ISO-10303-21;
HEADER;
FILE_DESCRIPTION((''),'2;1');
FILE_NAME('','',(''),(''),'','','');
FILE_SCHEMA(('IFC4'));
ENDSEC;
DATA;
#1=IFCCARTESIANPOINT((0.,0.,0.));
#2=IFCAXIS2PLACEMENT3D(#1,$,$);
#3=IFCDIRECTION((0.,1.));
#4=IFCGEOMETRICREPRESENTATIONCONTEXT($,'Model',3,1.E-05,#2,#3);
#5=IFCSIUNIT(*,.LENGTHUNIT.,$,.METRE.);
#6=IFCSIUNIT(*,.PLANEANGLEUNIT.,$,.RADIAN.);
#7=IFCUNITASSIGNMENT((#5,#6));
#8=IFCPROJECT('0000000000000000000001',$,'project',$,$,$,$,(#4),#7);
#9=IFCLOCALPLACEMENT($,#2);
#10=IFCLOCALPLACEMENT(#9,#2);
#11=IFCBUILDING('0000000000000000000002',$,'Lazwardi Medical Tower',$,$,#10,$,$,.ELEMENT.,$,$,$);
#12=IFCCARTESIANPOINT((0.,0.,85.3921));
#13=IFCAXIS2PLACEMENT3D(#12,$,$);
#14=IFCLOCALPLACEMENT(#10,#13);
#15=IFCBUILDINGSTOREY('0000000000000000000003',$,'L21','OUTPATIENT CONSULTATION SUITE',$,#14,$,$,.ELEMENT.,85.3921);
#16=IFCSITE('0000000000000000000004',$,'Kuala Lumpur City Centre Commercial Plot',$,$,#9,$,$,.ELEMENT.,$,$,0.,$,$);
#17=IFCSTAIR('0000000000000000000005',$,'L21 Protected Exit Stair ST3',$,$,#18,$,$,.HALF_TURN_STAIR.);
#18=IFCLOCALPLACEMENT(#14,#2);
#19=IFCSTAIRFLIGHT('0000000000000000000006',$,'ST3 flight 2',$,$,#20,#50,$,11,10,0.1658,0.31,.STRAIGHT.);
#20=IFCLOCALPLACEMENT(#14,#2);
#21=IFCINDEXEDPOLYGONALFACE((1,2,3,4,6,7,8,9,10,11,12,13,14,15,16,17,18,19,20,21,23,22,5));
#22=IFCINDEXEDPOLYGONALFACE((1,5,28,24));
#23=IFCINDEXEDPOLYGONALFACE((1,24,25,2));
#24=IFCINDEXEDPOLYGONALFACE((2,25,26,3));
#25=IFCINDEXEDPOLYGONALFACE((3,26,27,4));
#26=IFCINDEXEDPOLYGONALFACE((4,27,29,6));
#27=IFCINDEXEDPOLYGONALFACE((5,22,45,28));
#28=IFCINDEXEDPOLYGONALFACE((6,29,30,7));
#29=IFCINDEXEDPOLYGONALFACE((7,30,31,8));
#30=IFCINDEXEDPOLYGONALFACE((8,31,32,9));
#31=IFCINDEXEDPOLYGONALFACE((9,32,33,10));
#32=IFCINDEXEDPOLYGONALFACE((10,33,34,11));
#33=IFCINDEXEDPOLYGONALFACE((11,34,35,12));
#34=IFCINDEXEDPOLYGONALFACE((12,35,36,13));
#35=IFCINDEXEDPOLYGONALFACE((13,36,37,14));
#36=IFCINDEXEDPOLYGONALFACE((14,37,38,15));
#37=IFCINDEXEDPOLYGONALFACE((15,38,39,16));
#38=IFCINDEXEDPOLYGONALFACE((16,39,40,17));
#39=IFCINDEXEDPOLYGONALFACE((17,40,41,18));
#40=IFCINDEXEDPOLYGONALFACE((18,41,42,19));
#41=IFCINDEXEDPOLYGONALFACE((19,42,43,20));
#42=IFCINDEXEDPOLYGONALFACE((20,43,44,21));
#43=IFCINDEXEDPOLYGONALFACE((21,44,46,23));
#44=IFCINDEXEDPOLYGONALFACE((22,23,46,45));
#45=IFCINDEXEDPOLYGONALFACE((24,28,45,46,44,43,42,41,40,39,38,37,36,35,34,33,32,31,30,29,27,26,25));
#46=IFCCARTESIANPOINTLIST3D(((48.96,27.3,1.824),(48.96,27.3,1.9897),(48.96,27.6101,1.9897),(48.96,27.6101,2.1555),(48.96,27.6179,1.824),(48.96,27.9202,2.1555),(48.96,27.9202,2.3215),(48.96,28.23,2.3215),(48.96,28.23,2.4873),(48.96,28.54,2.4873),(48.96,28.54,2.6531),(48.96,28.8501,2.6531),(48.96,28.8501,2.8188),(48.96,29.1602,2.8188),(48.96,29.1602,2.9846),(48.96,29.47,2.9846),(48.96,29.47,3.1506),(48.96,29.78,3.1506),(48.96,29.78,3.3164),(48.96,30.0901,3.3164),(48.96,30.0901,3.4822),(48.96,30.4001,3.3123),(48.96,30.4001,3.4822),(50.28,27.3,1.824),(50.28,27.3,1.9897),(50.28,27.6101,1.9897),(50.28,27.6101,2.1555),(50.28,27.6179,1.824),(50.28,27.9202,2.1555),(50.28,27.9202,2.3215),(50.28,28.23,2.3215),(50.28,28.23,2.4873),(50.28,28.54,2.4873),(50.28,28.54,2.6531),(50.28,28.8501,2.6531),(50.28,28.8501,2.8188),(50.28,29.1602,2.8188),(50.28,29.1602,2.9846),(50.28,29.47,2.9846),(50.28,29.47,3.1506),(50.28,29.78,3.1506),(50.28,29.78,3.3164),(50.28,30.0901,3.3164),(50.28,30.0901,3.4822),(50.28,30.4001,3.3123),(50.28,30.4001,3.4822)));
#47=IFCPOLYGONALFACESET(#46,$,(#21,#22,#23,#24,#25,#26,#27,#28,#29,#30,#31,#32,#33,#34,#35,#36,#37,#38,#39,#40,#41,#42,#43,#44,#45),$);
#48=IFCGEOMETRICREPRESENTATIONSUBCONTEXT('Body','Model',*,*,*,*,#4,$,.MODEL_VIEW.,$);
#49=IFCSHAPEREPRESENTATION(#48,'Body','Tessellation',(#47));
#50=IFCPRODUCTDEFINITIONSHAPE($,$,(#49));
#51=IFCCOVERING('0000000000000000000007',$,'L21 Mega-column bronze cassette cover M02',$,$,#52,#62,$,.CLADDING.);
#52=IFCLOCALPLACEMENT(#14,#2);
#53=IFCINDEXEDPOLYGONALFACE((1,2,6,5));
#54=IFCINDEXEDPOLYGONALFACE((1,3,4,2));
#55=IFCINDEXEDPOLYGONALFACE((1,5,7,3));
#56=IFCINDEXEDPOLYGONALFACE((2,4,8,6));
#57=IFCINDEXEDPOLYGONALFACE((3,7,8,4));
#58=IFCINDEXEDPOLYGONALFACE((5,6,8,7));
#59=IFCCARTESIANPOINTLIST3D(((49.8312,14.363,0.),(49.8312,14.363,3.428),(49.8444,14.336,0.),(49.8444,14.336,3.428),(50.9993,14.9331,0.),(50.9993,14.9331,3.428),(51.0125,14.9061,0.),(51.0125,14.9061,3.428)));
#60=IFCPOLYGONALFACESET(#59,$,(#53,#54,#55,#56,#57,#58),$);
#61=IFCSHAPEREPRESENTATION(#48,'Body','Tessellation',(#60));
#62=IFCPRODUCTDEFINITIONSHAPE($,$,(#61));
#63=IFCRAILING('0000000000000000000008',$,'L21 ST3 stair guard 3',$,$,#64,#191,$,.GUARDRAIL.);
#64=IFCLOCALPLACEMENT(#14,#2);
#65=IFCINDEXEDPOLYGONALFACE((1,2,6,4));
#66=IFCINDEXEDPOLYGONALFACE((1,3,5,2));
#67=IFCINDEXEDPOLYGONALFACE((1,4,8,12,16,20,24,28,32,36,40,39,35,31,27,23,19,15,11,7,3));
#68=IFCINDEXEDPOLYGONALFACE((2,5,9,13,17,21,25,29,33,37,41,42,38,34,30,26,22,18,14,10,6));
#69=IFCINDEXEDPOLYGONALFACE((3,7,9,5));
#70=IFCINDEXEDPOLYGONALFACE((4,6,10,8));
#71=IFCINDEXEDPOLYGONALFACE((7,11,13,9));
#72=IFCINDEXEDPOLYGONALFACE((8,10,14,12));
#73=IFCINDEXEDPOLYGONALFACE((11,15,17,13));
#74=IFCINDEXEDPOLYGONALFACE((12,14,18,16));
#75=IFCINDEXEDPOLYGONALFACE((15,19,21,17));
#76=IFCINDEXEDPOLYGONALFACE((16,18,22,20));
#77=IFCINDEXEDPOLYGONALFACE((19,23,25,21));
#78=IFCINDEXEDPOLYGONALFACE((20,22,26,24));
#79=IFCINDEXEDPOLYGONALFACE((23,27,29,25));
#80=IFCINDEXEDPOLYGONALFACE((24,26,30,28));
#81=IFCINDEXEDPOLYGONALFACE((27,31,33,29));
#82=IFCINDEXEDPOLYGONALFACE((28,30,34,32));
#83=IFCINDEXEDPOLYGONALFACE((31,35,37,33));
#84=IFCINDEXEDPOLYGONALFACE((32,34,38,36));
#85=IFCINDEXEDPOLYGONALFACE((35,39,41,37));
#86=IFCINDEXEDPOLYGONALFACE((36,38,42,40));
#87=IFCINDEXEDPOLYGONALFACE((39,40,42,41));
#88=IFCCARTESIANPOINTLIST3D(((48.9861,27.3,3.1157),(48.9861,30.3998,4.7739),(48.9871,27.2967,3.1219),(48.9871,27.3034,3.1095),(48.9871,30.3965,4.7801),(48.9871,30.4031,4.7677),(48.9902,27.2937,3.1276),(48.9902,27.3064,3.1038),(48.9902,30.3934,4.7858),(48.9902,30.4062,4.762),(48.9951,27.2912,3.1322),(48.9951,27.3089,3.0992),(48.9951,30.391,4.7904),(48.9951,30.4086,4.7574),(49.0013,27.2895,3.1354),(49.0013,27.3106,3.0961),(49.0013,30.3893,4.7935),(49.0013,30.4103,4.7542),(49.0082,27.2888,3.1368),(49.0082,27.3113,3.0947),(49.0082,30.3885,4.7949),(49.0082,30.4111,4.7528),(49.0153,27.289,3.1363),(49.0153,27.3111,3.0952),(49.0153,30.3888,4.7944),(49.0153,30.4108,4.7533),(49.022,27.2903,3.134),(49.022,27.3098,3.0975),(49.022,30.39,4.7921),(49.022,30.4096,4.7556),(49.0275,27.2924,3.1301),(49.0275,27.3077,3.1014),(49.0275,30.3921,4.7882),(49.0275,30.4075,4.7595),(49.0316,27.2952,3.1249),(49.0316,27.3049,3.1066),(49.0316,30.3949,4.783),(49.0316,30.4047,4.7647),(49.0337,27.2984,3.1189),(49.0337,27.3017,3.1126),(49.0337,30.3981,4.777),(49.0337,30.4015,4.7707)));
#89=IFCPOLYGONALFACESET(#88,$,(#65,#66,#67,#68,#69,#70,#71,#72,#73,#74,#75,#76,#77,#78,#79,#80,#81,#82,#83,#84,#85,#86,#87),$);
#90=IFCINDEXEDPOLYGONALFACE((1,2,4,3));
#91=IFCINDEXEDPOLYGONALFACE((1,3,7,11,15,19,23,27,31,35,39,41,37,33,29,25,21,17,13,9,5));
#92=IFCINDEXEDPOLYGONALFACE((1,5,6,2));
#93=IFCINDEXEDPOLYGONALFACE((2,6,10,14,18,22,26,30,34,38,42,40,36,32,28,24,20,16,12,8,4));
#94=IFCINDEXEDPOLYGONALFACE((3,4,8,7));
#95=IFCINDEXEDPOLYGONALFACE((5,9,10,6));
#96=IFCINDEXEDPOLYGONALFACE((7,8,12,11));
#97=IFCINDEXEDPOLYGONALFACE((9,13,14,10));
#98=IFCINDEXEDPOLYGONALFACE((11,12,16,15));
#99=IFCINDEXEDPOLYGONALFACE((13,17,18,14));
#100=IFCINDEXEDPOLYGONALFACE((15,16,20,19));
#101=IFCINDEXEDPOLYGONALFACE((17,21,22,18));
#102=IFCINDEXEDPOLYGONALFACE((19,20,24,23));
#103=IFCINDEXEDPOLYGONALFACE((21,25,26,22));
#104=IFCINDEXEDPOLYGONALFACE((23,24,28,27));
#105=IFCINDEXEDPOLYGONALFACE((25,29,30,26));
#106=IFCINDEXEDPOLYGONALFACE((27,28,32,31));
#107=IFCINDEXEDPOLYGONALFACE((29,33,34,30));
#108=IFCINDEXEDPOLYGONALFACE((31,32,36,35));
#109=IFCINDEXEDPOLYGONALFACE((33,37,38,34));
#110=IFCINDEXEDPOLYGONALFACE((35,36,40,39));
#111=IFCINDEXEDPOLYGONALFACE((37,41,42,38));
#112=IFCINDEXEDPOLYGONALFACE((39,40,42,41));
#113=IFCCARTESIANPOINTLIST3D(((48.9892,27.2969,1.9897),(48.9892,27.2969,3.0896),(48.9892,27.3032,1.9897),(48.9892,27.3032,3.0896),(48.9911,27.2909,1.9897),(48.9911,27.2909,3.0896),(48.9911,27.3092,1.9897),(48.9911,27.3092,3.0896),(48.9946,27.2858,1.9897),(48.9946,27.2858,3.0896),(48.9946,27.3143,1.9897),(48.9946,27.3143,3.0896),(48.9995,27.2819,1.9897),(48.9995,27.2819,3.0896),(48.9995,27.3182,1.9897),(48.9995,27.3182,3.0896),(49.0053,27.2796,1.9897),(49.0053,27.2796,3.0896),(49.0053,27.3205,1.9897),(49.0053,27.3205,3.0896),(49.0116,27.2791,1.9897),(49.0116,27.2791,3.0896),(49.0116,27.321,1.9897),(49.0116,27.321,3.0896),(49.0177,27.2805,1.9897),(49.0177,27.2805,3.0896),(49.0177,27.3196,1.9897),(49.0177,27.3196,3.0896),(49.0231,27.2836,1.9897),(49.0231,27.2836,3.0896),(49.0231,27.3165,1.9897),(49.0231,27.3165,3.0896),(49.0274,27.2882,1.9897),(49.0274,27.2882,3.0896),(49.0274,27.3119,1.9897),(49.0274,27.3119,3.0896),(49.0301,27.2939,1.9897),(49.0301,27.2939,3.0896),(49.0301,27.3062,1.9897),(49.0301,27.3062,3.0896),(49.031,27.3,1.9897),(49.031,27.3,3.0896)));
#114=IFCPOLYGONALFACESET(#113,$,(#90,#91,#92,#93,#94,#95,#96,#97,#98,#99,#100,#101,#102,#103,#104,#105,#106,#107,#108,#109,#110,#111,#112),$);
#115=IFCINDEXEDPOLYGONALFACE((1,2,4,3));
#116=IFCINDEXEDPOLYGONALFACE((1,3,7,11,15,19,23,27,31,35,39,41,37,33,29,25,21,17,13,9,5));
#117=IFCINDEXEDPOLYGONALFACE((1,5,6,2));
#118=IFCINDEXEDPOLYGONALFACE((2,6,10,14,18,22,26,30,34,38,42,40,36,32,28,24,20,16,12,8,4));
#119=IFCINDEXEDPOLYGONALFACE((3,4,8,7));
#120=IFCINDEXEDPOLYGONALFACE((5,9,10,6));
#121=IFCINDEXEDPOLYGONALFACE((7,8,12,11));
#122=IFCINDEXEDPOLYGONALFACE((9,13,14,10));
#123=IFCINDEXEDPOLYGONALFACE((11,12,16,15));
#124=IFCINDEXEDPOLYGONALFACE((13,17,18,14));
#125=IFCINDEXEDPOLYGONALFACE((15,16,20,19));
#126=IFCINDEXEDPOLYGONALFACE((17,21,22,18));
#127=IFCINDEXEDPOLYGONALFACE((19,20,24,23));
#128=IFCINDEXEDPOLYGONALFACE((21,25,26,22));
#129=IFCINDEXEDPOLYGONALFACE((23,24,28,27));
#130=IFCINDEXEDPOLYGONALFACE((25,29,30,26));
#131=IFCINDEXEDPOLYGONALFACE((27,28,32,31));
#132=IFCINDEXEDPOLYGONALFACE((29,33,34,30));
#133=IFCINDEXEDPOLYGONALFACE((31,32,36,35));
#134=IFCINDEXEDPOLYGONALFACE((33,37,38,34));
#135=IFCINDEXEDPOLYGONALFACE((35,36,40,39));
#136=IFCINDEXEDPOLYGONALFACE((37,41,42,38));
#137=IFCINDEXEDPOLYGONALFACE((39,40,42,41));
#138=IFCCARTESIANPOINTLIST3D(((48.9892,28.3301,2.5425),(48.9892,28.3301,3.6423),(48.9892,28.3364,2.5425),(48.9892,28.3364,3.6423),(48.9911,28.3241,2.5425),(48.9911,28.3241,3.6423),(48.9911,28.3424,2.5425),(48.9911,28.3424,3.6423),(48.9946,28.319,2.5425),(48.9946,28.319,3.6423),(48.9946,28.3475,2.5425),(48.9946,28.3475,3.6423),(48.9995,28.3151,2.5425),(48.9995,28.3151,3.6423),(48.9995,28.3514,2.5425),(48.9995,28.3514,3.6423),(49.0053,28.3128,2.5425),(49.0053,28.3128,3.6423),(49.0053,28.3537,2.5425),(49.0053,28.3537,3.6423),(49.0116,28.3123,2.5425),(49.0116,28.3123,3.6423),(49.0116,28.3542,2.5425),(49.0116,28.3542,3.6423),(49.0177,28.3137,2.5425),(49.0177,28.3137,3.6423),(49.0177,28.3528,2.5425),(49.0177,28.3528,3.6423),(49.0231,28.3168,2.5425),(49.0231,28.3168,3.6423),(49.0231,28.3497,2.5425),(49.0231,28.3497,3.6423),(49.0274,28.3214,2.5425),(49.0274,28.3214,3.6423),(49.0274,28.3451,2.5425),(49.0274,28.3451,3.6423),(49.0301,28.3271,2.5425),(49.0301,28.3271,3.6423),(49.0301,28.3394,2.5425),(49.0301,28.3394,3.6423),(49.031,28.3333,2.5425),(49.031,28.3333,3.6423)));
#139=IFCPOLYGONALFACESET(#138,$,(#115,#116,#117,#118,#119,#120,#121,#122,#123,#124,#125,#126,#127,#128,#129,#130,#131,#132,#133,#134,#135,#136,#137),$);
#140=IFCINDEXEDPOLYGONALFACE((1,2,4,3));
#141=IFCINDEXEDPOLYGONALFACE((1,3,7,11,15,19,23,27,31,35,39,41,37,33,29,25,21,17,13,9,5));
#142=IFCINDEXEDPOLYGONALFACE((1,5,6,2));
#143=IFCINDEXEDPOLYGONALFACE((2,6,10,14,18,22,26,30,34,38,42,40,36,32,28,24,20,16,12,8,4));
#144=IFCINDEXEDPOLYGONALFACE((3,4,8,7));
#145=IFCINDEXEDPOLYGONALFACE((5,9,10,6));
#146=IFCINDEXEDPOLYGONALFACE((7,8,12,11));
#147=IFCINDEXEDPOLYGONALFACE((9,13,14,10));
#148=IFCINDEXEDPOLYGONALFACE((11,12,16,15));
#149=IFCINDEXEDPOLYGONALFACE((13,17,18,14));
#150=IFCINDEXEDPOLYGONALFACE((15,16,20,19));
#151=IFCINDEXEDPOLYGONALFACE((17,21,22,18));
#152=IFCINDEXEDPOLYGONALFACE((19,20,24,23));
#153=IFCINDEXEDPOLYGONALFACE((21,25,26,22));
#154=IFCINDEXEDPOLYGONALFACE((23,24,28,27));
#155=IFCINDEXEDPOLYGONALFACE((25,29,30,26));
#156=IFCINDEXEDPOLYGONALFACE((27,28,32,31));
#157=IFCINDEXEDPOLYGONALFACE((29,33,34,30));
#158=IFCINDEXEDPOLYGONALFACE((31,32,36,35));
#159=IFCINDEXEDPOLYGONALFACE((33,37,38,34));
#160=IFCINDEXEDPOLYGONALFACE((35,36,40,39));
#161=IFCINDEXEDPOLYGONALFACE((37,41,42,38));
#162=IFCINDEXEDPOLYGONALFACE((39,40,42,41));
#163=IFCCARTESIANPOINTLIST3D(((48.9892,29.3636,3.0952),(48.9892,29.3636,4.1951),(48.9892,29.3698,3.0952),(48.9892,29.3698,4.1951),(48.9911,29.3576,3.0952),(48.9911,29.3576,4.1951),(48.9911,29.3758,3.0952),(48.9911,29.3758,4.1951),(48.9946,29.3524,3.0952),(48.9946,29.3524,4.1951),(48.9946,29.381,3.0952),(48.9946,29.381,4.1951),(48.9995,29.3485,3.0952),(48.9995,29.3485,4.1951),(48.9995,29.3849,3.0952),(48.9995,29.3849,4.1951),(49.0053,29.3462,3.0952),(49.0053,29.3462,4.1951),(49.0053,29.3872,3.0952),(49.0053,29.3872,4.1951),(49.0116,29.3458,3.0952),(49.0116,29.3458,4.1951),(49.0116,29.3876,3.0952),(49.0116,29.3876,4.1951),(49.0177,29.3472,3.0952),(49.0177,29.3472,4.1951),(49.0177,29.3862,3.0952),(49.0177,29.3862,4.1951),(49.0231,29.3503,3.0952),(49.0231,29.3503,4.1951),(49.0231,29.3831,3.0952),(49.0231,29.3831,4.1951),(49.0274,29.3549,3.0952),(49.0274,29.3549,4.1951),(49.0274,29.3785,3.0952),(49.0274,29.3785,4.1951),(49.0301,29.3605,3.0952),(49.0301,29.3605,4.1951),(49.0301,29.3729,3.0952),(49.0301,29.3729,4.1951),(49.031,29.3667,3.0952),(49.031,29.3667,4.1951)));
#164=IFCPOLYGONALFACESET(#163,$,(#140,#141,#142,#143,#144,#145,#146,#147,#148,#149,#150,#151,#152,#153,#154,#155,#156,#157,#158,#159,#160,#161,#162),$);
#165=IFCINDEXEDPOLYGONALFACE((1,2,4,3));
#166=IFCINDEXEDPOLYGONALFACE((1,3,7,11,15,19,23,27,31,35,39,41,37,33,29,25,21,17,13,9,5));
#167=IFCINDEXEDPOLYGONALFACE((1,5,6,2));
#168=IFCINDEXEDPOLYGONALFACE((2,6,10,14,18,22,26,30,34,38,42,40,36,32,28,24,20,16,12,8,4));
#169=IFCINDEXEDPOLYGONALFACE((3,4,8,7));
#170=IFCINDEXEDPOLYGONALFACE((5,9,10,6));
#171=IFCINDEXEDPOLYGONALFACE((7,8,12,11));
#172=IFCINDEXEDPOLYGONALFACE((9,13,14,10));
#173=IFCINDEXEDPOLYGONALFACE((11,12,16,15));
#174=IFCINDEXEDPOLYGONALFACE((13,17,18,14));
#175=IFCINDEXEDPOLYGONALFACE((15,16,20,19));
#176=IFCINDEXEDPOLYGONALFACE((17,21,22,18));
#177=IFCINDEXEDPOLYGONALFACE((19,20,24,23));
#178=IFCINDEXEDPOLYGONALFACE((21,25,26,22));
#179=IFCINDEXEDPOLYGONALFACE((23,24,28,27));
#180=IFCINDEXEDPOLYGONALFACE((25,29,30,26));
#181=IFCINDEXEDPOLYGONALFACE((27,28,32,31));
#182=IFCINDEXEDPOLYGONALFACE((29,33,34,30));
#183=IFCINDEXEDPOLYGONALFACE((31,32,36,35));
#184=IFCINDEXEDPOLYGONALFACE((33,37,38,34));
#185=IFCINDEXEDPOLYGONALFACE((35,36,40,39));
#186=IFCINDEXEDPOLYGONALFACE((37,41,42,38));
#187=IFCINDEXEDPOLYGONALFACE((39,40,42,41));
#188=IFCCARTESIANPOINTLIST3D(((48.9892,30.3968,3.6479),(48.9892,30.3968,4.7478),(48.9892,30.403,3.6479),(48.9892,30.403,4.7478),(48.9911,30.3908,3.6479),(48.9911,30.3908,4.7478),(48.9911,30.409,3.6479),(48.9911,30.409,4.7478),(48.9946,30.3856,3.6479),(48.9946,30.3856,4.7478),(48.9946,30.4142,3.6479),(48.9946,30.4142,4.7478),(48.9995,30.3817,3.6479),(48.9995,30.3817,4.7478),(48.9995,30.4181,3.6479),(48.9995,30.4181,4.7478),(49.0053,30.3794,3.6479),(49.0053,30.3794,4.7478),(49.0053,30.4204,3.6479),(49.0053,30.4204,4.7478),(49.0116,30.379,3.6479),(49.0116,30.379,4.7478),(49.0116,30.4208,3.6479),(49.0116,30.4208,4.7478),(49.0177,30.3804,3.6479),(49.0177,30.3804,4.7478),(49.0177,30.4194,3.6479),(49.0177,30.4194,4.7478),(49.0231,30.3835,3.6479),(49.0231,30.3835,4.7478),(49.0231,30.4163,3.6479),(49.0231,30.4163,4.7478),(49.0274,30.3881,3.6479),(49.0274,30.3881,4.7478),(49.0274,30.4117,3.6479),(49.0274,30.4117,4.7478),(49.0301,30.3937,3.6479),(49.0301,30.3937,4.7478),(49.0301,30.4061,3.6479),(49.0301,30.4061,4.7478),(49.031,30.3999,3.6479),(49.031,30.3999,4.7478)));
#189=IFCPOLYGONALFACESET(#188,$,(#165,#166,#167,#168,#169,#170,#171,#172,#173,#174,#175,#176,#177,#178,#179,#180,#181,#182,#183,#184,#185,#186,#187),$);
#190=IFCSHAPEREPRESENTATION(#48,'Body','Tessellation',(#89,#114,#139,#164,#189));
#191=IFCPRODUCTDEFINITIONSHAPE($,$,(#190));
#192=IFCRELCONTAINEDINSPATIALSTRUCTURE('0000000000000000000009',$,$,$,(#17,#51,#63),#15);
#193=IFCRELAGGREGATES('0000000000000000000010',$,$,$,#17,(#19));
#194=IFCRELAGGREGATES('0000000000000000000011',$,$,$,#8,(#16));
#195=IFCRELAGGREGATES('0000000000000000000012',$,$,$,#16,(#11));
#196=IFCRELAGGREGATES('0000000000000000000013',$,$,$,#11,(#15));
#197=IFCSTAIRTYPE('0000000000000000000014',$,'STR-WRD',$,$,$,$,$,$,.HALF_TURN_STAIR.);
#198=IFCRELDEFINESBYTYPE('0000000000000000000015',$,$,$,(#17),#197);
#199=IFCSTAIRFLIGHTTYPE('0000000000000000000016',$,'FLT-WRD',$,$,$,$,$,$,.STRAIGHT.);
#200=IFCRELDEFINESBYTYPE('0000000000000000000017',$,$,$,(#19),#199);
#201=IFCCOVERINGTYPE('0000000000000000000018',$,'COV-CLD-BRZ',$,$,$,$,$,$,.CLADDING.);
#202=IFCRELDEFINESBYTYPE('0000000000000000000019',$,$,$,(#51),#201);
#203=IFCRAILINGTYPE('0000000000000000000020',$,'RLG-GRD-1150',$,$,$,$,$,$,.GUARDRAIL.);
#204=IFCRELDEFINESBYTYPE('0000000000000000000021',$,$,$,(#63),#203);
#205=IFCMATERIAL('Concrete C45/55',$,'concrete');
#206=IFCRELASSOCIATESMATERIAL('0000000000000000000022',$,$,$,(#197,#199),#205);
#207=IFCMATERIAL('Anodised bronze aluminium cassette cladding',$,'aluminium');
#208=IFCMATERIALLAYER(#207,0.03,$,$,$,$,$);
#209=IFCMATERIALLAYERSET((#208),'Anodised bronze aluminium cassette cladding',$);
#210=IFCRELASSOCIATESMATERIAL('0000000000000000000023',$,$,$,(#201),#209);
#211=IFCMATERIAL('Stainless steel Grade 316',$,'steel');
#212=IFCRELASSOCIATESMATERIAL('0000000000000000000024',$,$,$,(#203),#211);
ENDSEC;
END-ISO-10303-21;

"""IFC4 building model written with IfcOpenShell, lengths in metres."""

from ifc_helpers import new_model, si_unit, direction, frame, origin, origin_2d, place, context, subcontext, project, spatial, polyline, rectangle, circle, outline, extrude, material, layer, layer_set, type_object, element, aggregate, save


model = new_model("IFC4")

# Units and contexts
model_context = context("Model", 3, precision=1e-05, world=origin(), true_north=direction((0.0, 1.0)))
body_context = subcontext(model_context, "Body", "Model", "MODEL_VIEW")
ifc_project = project(units=[si_unit("LENGTHUNIT", "METRE"), si_unit("PLANEANGLEUNIT", "RADIAN")], contexts=[model_context])

# Site, building, storey
site_placement = place(None, origin())
site = spatial("IfcSite", under=ifc_project, at=site_placement, Name="Kuala Lumpur City Centre Commercial Plot", CompositionType="ELEMENT", RefElevation=0.0)
building_placement = place(site_placement, origin())
building = spatial("IfcBuilding", under=site, at=building_placement, Name="Lazwardi Medical Tower", CompositionType="ELEMENT")
storey_placement = place(building_placement, frame((0.0, 0.0, 85.3921)))
storey = spatial("IfcBuildingStorey", under=building, at=storey_placement, Name="L21", Description="OUTPATIENT CONSULTATION SUITE", CompositionType="ELEMENT", Elevation=85.3921)

# Stair, stair flight
ifc_material_1 = material(Name="Concrete C45/55", Category="concrete")
stair_type = type_object("IfcStairType", Name="STR-WRD", PredefinedType="HALF_TURN_STAIR", material=ifc_material_1)
stair_placement = place(storey_placement, origin())
stair = element("IfcStair", 1, at=stair_placement, inside=storey, type_object=stair_type, Name="L21 Protected Exit Stair ST3", PredefinedType="HALF_TURN_STAIR")
stair_flight_type = type_object("IfcStairFlightType", Name="FLT-WRD", PredefinedType="STRAIGHT", material=ifc_material_1)
stair_flight_placement = place(storey_placement, frame((49.6201, 27.3, 1.824), z_axis=(0.0, 0.0, 1.0), x_axis=(0.0, 1.0, 0.0)))
stair_flight = element("IfcStairFlight", 2, at=stair_flight_placement, type_object=stair_flight_type, Name="ST3 flight 2", NumberOfRisers=11, NumberOfTreads=10, PredefinedType="STRAIGHT", RiserHeight=0.1658, TreadLength=0.31, context=body_context, shape_type="SweptSolid", body=[
    extrude(outline(polyline([(0.0, 0.0), (0.0, 0.1658), (0.3101, 0.1658), (0.3101, 0.3315), (0.6201, 0.3315), (0.6201, 0.4976), (0.9299, 0.4976), (0.9299, 0.6633), (1.24, 0.6633), (1.24, 0.8291), (1.55, 0.8291), (1.55, 0.9949), (1.8601, 0.9949), (1.8601, 1.1606), (2.1699, 1.1606), (2.1699, 1.3267), (2.48, 1.3267), (2.48, 1.4924), (2.79, 1.4924), (2.79, 1.6582), (3.1001, 1.6582), (3.1001, 1.824), (3.1001, 1.4883), (0.3179, 0.0), (0.0, 0.0)])), frame((0.0, 0.6602, 0.0), z_axis=(0.0, -1.0, 0.0), x_axis=(1.0, 0.0, 0.0)), (0.0, 0.0, 1.0), 1.3201),
])
aggregate(stair, [stair_flight])

# Covering
ifc_material_2 = material(Name="Anodised bronze aluminium cassette cladding", Category="aluminium")
ifc_layer_1 = layer(ifc_material_2, 0.03)
ifc_layer_set_1 = layer_set([ifc_layer_1], Name="Anodised bronze aluminium cassette cladding")
covering_type = type_object("IfcCoveringType", Name="COV-CLD-BRZ", PredefinedType="CLADDING", material=ifc_layer_set_1)
covering_placement = place(storey_placement, frame((50.4219, 14.6345, 0.0), z_axis=(0.0, 0.0, 1.0), x_axis=(0.898679, 0.438606, 0.0)))
element("IfcCovering", 3, at=covering_placement, inside=storey, type_object=covering_type, Name="L21 Mega-column bronze cassette cover M02", PredefinedType="CLADDING", context=body_context, shape_type="SweptSolid", body=[
    extrude(rectangle(XDim=1.2998, YDim=0.03, at=origin_2d()), origin(), (0.0, 0.0, 1.0), 3.428),
])

# Railing
ifc_material_3 = material(Name="Stainless steel Grade 316", Category="steel")
railing_type_1 = type_object("IfcRailingType", Name="RLG-GRD-1150", PredefinedType="GUARDRAIL", material=ifc_material_3)
railing_1_placement = place(storey_placement, frame((49.01, 27.3, 1.9897)))
element("IfcRailing", 4, at=railing_1_placement, inside=storey, type_object=railing_type_1, Name="L21 ST3 stair guard 3", PredefinedType="GUARDRAIL", context=body_context, shape_type="SweptSolid", body=[
    extrude(circle(Radius=0.0239, at=origin_2d()), frame((0.0, 0.0, 1.126), z_axis=(0.0, 0.881768, 0.471684), x_axis=(-1.0, 0.0, 0.0)), (0.0, 0.0, 1.0), 3.5154),
    extrude(circle(Radius=0.021, at=origin_2d()), origin(), (0.0, 0.0, 1.0), 1.0999),
    extrude(circle(Radius=0.021, at=origin_2d()), frame((0.0, 1.0332, 0.5527)), (0.0, 0.0, 1.0), 1.0999),
    extrude(circle(Radius=0.021, at=origin_2d()), frame((0.0, 2.0667, 1.1055)), (0.0, 0.0, 1.0), 1.0999),
    extrude(circle(Radius=0.021, at=origin_2d()), frame((0.0, 3.0999, 1.6582)), (0.0, 0.0, 1.0), 1.0999),
])

save(model, "model.ifc")
